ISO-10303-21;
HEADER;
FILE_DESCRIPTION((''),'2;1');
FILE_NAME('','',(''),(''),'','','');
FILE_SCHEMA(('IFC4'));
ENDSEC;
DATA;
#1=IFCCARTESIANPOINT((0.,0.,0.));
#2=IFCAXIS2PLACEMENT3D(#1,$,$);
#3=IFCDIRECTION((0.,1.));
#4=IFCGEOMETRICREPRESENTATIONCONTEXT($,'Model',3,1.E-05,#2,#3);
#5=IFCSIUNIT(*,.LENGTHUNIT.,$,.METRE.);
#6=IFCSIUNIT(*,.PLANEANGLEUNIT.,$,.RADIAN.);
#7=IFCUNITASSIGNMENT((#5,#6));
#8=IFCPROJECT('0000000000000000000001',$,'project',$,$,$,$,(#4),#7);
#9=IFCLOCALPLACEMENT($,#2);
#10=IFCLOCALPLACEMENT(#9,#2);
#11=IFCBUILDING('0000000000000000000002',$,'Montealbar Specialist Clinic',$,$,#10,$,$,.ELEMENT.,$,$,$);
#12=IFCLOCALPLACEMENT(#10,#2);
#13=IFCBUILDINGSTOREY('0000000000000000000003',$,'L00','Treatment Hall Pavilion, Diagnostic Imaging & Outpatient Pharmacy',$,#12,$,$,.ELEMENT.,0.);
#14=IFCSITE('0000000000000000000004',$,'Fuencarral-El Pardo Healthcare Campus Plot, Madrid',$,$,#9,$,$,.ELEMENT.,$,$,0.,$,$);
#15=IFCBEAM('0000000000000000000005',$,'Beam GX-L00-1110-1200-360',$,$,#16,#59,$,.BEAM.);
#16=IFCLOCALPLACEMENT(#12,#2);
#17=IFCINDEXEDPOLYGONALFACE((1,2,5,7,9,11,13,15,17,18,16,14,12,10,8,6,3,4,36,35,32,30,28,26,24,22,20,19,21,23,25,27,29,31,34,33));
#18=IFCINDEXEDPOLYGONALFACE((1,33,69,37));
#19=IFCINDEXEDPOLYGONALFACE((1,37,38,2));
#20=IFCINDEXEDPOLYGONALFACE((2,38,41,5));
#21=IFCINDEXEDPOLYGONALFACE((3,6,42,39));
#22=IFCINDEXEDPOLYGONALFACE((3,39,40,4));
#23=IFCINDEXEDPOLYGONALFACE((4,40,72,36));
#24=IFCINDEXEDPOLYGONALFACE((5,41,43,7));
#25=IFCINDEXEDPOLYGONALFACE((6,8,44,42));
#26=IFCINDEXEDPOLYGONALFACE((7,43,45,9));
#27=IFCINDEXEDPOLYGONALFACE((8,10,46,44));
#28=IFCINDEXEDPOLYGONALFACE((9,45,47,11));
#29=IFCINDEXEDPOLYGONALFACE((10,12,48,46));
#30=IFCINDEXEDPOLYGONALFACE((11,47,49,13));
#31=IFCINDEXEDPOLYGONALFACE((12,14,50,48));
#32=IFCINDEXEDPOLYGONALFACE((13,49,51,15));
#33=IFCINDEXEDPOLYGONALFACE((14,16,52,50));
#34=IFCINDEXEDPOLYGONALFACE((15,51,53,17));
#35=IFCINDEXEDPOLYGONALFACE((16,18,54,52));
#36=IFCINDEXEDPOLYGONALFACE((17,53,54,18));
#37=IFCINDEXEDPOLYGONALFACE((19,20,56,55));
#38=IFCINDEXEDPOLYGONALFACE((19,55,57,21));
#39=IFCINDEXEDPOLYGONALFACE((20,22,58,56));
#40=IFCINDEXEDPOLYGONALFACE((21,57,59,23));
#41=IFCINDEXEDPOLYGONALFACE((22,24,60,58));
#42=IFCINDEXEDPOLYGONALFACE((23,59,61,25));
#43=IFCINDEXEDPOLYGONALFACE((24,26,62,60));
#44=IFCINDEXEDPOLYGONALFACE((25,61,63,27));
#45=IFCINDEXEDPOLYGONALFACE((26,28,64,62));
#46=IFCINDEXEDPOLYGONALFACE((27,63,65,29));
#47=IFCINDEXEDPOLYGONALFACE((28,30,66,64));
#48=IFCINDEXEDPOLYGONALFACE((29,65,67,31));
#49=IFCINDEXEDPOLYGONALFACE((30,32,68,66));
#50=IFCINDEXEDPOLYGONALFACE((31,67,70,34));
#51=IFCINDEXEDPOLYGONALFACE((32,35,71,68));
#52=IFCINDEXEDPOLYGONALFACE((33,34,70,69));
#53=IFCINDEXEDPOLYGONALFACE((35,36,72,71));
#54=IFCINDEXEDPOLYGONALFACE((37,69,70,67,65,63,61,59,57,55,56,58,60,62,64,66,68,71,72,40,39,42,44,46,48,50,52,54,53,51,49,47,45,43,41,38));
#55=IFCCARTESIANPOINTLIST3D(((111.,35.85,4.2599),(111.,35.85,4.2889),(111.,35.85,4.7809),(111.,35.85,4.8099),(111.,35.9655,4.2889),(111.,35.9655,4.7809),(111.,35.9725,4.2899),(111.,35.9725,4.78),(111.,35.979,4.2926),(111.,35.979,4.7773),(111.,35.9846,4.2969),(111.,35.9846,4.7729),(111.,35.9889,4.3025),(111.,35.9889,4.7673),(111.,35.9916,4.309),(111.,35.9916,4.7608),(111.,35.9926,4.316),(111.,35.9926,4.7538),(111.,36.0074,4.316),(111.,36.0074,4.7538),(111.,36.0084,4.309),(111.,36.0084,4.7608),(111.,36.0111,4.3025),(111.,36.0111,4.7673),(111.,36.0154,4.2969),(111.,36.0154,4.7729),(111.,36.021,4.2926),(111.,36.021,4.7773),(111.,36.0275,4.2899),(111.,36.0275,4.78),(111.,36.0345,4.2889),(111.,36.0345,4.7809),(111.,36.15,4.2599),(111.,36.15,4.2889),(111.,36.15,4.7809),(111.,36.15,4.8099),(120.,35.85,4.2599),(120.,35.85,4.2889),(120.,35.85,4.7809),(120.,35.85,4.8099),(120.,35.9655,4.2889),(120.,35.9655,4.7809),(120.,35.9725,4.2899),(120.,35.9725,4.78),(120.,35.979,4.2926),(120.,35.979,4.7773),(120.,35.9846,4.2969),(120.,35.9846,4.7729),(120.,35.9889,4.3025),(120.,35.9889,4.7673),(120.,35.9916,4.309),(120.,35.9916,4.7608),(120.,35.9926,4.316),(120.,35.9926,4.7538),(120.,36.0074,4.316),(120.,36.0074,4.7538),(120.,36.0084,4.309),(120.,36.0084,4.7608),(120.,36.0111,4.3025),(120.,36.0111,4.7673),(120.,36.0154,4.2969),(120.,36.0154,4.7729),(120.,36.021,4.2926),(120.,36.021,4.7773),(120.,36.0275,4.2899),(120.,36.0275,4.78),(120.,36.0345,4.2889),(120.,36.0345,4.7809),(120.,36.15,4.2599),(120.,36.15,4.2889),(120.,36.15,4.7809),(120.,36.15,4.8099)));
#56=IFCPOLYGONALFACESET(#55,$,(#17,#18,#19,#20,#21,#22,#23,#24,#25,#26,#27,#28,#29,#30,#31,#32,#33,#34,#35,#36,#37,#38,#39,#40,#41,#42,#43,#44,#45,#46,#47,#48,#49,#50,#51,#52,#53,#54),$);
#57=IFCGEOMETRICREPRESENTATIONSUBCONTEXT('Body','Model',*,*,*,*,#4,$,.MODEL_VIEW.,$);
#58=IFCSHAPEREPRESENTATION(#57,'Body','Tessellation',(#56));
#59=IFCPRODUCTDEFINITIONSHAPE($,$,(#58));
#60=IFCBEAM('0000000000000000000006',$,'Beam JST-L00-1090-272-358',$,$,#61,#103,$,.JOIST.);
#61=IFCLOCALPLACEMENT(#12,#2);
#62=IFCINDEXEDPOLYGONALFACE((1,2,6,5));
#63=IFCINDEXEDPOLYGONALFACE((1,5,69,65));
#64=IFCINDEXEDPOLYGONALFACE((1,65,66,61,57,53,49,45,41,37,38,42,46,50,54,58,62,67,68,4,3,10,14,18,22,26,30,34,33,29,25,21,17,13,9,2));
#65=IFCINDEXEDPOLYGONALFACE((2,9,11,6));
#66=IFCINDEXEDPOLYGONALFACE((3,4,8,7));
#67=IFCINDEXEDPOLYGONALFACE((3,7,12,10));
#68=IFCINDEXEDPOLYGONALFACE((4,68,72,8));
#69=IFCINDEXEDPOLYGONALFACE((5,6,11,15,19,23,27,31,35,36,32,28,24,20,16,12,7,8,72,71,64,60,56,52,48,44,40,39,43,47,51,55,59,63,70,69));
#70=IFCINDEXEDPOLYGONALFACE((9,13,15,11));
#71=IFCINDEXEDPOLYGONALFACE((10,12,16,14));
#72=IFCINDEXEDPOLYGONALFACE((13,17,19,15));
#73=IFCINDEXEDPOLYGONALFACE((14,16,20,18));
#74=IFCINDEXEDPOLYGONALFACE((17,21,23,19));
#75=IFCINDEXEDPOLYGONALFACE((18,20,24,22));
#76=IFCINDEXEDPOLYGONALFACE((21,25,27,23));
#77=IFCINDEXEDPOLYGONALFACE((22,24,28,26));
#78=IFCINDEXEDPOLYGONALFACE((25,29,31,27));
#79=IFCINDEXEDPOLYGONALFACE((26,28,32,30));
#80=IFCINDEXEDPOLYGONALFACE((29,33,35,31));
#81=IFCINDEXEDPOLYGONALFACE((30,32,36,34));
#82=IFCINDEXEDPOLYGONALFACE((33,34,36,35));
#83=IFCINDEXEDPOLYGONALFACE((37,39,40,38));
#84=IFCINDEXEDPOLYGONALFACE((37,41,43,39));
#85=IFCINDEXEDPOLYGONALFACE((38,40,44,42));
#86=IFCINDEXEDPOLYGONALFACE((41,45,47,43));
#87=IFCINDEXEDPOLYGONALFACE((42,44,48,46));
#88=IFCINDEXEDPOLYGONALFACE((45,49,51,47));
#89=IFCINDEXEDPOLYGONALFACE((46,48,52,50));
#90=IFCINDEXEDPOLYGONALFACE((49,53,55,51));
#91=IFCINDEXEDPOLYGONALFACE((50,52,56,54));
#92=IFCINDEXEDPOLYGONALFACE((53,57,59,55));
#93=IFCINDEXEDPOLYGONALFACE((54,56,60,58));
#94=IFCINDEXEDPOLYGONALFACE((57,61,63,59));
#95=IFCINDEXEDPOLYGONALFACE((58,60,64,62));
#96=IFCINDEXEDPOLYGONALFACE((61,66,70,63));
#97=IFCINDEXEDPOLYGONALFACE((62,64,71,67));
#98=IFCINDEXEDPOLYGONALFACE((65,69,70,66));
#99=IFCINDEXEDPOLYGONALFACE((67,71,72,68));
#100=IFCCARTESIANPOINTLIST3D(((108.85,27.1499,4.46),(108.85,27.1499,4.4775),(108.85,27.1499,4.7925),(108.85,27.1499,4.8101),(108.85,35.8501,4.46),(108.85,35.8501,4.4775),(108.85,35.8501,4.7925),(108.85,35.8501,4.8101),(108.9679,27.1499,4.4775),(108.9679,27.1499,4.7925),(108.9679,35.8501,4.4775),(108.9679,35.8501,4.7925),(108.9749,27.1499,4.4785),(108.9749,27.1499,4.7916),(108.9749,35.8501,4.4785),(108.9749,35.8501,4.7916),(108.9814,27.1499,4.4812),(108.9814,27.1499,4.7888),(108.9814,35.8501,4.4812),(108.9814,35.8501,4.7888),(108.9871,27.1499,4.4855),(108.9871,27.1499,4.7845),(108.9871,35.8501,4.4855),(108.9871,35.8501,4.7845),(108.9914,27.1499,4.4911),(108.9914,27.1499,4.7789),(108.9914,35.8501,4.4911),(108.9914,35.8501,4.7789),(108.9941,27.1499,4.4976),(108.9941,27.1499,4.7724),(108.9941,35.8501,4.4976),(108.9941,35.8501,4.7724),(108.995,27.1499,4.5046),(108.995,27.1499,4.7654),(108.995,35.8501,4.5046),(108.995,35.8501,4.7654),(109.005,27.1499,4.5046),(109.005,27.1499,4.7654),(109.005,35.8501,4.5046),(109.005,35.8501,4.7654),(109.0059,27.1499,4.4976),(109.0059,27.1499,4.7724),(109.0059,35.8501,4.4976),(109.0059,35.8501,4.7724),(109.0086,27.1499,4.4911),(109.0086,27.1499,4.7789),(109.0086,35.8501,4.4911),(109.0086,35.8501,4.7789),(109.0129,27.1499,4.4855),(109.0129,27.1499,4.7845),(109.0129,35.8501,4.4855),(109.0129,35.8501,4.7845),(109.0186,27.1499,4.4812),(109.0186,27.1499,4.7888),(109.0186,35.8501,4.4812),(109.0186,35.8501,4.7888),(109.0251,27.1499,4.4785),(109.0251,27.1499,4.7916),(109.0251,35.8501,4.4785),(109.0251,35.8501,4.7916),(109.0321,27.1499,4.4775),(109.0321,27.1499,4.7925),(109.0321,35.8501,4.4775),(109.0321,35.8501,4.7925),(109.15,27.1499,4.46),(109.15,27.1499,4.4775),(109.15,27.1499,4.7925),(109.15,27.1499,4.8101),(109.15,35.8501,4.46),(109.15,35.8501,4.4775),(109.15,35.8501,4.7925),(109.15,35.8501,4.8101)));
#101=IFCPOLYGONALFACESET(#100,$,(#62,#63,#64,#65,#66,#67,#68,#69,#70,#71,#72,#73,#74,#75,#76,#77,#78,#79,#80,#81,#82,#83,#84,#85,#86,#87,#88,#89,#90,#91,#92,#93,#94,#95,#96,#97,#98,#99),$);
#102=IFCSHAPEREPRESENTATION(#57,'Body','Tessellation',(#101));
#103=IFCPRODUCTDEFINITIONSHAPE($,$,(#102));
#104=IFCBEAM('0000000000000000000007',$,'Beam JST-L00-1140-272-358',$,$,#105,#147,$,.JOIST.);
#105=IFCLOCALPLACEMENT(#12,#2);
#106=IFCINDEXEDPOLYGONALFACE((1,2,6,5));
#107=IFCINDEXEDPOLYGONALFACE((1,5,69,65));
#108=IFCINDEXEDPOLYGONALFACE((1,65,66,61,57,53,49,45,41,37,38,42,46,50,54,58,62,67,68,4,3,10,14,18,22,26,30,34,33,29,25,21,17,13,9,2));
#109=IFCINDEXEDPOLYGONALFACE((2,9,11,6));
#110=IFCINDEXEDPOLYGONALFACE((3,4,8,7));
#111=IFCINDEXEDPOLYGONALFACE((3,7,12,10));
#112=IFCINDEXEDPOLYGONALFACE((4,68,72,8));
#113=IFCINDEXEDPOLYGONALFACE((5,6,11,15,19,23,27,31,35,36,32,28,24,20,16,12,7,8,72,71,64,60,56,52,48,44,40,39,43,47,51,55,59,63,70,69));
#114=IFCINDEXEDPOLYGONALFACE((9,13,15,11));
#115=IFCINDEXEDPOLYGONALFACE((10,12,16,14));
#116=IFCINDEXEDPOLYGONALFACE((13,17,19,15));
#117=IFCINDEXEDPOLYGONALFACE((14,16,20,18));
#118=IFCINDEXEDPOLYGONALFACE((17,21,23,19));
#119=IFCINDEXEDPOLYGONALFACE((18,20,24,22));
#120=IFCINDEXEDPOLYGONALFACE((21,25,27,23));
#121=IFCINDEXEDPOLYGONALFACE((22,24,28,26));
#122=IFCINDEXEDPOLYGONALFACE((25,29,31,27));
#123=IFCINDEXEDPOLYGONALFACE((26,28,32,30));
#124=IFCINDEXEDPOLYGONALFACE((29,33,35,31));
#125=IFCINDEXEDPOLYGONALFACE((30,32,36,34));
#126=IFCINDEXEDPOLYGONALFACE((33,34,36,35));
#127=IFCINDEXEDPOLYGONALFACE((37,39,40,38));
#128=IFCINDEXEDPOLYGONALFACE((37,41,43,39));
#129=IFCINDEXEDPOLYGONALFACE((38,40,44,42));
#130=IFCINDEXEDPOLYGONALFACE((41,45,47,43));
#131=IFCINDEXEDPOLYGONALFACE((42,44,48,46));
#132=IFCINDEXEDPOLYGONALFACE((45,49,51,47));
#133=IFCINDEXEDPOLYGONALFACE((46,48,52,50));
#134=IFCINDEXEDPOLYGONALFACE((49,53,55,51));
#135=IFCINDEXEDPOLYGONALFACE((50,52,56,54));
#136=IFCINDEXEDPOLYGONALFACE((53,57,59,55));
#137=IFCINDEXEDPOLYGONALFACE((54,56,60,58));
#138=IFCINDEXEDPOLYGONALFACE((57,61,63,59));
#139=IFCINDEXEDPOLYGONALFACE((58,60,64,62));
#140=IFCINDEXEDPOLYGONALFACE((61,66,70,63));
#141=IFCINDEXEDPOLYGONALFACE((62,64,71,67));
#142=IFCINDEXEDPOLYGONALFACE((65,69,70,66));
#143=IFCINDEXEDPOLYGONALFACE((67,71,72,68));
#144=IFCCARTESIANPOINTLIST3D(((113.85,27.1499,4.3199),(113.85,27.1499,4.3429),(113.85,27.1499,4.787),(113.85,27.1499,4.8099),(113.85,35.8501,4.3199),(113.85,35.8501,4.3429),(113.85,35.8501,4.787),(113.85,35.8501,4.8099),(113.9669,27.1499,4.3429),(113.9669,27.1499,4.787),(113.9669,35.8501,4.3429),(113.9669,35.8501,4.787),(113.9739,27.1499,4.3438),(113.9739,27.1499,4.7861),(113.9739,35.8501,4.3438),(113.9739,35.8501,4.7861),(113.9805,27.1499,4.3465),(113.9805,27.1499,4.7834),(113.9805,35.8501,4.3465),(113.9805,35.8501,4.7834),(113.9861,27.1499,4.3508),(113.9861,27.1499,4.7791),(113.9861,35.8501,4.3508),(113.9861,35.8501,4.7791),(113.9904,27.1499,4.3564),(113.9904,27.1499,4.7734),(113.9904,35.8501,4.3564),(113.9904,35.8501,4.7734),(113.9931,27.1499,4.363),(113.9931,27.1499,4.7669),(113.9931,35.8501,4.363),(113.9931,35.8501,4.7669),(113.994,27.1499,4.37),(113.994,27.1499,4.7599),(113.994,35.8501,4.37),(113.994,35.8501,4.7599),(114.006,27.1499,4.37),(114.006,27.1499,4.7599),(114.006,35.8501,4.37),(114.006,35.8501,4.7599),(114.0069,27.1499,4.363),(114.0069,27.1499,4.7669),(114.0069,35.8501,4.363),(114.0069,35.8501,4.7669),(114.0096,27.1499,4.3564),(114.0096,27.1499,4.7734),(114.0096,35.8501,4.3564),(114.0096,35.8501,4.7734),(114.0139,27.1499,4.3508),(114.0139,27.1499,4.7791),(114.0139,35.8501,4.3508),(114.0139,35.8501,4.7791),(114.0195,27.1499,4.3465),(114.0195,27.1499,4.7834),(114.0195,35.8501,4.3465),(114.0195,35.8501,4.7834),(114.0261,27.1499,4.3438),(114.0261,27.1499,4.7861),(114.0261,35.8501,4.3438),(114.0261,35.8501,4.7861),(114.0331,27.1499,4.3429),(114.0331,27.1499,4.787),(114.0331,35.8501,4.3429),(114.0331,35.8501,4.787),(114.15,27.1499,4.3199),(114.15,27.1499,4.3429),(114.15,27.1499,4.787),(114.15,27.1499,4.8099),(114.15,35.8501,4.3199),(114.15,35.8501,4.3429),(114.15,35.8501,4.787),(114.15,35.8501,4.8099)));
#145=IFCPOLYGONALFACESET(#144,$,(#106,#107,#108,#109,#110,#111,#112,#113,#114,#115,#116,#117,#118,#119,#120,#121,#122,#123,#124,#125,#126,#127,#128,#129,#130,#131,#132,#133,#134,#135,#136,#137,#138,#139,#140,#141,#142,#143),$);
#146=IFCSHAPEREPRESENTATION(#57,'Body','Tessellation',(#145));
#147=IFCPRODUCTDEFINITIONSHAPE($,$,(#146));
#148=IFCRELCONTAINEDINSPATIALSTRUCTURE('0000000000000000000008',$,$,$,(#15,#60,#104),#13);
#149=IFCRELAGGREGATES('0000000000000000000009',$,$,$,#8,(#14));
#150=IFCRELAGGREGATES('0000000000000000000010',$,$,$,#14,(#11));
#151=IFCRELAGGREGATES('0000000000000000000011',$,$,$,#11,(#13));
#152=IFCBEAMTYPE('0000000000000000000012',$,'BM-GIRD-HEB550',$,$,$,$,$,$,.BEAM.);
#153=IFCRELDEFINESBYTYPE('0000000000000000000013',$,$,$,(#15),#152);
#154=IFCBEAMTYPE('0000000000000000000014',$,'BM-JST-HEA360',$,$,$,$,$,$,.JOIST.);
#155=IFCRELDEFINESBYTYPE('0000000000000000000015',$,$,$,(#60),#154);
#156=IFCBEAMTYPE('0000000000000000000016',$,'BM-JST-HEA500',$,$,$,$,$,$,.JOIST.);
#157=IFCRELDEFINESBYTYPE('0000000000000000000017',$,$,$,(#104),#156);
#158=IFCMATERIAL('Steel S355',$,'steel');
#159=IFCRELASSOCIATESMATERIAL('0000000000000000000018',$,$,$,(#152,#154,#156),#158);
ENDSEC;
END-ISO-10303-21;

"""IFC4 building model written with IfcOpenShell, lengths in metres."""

from ifc_helpers import new_model, si_unit, direction, frame, origin, origin_2d, place, context, subcontext, project, spatial, i_section, extrude, material, material_profile, profile_set, type_object, element, save


model = new_model("IFC4")

# Units and contexts
model_context = context("Model", 3, precision=1e-05, world=origin(), true_north=direction((0.0, 1.0)))
body_context = subcontext(model_context, "Body", "Model", "MODEL_VIEW")
ifc_project = project(units=[si_unit("LENGTHUNIT", "METRE"), si_unit("PLANEANGLEUNIT", "RADIAN")], contexts=[model_context])

# Site, building, storey
site_placement = place(None, origin())
site = spatial("IfcSite", under=ifc_project, at=site_placement, Name="Fuencarral-El Pardo Healthcare Campus Plot, Madrid", CompositionType="ELEMENT", RefElevation=0.0)
building_placement = place(site_placement, origin())
building = spatial("IfcBuilding", under=site, at=building_placement, Name="Montealbar Specialist Clinic", CompositionType="ELEMENT")
storey_placement = place(building_placement, origin())
storey = spatial("IfcBuildingStorey", under=building, at=storey_placement, Name="L00", Description="Treatment Hall Pavilion, Diagnostic Imaging & Outpatient Pharmacy", CompositionType="ELEMENT", Elevation=0.0)

# Shared definitions
ifc_material_1 = material(Name="Steel S355", Category="steel")

# Beams
ifc_material_profile_1 = material_profile(ifc_material_1, i_section(OverallWidth=0.3, OverallDepth=0.55, WebThickness=0.0149, FlangeThickness=0.0291, FilletRadius=0.0271, at=origin_2d()), Name="HEB 550", Category="steel")
ifc_profile_set_1 = profile_set([ifc_material_profile_1], Name="Steel S355")
beam_type_1 = type_object("IfcBeamType", Name="BM-GIRD-HEB550", PredefinedType="BEAM", material=ifc_profile_set_1)
beam_1_placement = place(storey_placement, frame((111.0, 36.0, 4.5349), z_axis=(1.0, 0.0, 0.0), x_axis=(0.0, 1.0, 0.0)))
element("IfcBeam", 1, at=beam_1_placement, inside=storey, type_object=beam_type_1, Name="Beam GX-L00-1110-1200-360", PredefinedType="BEAM", context=body_context, shape_type="SweptSolid", body=[
    extrude(i_section(OverallWidth=0.3, OverallDepth=0.55, WebThickness=0.0149, FlangeThickness=0.0291, FilletRadius=0.0271, at=origin_2d()), origin(), (0.0, 0.0, 1.0), 9.0),
])
ifc_material_profile_2 = material_profile(ifc_material_1, i_section(OverallWidth=0.3, OverallDepth=0.3501, WebThickness=0.01, FlangeThickness=0.0176, FilletRadius=0.0271, at=origin_2d()), Name="HEA 360", Category="steel")
ifc_profile_set_2 = profile_set([ifc_material_profile_2], Name="Steel S355")
beam_type_2 = type_object("IfcBeamType", Name="BM-JST-HEA360", PredefinedType="JOIST", material=ifc_profile_set_2)
beam_2_placement = place(storey_placement, frame((109.0, 27.1499, 4.635), z_axis=(0.0, 1.0, 0.0), x_axis=(-1.0, 0.0, 0.0)))
element("IfcBeam", 2, at=beam_2_placement, inside=storey, type_object=beam_type_2, Name="Beam JST-L00-1090-272-358", PredefinedType="JOIST", context=body_context, shape_type="SweptSolid", body=[
    extrude(i_section(OverallWidth=0.3, OverallDepth=0.3501, WebThickness=0.01, FlangeThickness=0.0176, FilletRadius=0.0271, at=origin_2d()), origin(), (0.0, 0.0, 1.0), 8.7002),
])
ifc_material_profile_3 = material_profile(ifc_material_1, i_section(OverallWidth=0.3, OverallDepth=0.49, WebThickness=0.012, FlangeThickness=0.0229, FilletRadius=0.0271, at=origin_2d()), Name="HEA 500", Category="steel")
ifc_profile_set_3 = profile_set([ifc_material_profile_3], Name="Steel S355")
beam_type_3 = type_object("IfcBeamType", Name="BM-JST-HEA500", PredefinedType="JOIST", material=ifc_profile_set_3)
beam_3_placement = place(storey_placement, frame((114.0, 27.1499, 4.5649), z_axis=(0.0, 1.0, 0.0), x_axis=(-1.0, 0.0, 0.0)))
element("IfcBeam", 3, at=beam_3_placement, inside=storey, type_object=beam_type_3, Name="Beam JST-L00-1140-272-358", PredefinedType="JOIST", context=body_context, shape_type="SweptSolid", body=[
    extrude(i_section(OverallWidth=0.3, OverallDepth=0.49, WebThickness=0.012, FlangeThickness=0.0229, FilletRadius=0.0271, at=origin_2d()), origin(), (0.0, 0.0, 1.0), 8.7002),
])

save(model, "model.ifc")
